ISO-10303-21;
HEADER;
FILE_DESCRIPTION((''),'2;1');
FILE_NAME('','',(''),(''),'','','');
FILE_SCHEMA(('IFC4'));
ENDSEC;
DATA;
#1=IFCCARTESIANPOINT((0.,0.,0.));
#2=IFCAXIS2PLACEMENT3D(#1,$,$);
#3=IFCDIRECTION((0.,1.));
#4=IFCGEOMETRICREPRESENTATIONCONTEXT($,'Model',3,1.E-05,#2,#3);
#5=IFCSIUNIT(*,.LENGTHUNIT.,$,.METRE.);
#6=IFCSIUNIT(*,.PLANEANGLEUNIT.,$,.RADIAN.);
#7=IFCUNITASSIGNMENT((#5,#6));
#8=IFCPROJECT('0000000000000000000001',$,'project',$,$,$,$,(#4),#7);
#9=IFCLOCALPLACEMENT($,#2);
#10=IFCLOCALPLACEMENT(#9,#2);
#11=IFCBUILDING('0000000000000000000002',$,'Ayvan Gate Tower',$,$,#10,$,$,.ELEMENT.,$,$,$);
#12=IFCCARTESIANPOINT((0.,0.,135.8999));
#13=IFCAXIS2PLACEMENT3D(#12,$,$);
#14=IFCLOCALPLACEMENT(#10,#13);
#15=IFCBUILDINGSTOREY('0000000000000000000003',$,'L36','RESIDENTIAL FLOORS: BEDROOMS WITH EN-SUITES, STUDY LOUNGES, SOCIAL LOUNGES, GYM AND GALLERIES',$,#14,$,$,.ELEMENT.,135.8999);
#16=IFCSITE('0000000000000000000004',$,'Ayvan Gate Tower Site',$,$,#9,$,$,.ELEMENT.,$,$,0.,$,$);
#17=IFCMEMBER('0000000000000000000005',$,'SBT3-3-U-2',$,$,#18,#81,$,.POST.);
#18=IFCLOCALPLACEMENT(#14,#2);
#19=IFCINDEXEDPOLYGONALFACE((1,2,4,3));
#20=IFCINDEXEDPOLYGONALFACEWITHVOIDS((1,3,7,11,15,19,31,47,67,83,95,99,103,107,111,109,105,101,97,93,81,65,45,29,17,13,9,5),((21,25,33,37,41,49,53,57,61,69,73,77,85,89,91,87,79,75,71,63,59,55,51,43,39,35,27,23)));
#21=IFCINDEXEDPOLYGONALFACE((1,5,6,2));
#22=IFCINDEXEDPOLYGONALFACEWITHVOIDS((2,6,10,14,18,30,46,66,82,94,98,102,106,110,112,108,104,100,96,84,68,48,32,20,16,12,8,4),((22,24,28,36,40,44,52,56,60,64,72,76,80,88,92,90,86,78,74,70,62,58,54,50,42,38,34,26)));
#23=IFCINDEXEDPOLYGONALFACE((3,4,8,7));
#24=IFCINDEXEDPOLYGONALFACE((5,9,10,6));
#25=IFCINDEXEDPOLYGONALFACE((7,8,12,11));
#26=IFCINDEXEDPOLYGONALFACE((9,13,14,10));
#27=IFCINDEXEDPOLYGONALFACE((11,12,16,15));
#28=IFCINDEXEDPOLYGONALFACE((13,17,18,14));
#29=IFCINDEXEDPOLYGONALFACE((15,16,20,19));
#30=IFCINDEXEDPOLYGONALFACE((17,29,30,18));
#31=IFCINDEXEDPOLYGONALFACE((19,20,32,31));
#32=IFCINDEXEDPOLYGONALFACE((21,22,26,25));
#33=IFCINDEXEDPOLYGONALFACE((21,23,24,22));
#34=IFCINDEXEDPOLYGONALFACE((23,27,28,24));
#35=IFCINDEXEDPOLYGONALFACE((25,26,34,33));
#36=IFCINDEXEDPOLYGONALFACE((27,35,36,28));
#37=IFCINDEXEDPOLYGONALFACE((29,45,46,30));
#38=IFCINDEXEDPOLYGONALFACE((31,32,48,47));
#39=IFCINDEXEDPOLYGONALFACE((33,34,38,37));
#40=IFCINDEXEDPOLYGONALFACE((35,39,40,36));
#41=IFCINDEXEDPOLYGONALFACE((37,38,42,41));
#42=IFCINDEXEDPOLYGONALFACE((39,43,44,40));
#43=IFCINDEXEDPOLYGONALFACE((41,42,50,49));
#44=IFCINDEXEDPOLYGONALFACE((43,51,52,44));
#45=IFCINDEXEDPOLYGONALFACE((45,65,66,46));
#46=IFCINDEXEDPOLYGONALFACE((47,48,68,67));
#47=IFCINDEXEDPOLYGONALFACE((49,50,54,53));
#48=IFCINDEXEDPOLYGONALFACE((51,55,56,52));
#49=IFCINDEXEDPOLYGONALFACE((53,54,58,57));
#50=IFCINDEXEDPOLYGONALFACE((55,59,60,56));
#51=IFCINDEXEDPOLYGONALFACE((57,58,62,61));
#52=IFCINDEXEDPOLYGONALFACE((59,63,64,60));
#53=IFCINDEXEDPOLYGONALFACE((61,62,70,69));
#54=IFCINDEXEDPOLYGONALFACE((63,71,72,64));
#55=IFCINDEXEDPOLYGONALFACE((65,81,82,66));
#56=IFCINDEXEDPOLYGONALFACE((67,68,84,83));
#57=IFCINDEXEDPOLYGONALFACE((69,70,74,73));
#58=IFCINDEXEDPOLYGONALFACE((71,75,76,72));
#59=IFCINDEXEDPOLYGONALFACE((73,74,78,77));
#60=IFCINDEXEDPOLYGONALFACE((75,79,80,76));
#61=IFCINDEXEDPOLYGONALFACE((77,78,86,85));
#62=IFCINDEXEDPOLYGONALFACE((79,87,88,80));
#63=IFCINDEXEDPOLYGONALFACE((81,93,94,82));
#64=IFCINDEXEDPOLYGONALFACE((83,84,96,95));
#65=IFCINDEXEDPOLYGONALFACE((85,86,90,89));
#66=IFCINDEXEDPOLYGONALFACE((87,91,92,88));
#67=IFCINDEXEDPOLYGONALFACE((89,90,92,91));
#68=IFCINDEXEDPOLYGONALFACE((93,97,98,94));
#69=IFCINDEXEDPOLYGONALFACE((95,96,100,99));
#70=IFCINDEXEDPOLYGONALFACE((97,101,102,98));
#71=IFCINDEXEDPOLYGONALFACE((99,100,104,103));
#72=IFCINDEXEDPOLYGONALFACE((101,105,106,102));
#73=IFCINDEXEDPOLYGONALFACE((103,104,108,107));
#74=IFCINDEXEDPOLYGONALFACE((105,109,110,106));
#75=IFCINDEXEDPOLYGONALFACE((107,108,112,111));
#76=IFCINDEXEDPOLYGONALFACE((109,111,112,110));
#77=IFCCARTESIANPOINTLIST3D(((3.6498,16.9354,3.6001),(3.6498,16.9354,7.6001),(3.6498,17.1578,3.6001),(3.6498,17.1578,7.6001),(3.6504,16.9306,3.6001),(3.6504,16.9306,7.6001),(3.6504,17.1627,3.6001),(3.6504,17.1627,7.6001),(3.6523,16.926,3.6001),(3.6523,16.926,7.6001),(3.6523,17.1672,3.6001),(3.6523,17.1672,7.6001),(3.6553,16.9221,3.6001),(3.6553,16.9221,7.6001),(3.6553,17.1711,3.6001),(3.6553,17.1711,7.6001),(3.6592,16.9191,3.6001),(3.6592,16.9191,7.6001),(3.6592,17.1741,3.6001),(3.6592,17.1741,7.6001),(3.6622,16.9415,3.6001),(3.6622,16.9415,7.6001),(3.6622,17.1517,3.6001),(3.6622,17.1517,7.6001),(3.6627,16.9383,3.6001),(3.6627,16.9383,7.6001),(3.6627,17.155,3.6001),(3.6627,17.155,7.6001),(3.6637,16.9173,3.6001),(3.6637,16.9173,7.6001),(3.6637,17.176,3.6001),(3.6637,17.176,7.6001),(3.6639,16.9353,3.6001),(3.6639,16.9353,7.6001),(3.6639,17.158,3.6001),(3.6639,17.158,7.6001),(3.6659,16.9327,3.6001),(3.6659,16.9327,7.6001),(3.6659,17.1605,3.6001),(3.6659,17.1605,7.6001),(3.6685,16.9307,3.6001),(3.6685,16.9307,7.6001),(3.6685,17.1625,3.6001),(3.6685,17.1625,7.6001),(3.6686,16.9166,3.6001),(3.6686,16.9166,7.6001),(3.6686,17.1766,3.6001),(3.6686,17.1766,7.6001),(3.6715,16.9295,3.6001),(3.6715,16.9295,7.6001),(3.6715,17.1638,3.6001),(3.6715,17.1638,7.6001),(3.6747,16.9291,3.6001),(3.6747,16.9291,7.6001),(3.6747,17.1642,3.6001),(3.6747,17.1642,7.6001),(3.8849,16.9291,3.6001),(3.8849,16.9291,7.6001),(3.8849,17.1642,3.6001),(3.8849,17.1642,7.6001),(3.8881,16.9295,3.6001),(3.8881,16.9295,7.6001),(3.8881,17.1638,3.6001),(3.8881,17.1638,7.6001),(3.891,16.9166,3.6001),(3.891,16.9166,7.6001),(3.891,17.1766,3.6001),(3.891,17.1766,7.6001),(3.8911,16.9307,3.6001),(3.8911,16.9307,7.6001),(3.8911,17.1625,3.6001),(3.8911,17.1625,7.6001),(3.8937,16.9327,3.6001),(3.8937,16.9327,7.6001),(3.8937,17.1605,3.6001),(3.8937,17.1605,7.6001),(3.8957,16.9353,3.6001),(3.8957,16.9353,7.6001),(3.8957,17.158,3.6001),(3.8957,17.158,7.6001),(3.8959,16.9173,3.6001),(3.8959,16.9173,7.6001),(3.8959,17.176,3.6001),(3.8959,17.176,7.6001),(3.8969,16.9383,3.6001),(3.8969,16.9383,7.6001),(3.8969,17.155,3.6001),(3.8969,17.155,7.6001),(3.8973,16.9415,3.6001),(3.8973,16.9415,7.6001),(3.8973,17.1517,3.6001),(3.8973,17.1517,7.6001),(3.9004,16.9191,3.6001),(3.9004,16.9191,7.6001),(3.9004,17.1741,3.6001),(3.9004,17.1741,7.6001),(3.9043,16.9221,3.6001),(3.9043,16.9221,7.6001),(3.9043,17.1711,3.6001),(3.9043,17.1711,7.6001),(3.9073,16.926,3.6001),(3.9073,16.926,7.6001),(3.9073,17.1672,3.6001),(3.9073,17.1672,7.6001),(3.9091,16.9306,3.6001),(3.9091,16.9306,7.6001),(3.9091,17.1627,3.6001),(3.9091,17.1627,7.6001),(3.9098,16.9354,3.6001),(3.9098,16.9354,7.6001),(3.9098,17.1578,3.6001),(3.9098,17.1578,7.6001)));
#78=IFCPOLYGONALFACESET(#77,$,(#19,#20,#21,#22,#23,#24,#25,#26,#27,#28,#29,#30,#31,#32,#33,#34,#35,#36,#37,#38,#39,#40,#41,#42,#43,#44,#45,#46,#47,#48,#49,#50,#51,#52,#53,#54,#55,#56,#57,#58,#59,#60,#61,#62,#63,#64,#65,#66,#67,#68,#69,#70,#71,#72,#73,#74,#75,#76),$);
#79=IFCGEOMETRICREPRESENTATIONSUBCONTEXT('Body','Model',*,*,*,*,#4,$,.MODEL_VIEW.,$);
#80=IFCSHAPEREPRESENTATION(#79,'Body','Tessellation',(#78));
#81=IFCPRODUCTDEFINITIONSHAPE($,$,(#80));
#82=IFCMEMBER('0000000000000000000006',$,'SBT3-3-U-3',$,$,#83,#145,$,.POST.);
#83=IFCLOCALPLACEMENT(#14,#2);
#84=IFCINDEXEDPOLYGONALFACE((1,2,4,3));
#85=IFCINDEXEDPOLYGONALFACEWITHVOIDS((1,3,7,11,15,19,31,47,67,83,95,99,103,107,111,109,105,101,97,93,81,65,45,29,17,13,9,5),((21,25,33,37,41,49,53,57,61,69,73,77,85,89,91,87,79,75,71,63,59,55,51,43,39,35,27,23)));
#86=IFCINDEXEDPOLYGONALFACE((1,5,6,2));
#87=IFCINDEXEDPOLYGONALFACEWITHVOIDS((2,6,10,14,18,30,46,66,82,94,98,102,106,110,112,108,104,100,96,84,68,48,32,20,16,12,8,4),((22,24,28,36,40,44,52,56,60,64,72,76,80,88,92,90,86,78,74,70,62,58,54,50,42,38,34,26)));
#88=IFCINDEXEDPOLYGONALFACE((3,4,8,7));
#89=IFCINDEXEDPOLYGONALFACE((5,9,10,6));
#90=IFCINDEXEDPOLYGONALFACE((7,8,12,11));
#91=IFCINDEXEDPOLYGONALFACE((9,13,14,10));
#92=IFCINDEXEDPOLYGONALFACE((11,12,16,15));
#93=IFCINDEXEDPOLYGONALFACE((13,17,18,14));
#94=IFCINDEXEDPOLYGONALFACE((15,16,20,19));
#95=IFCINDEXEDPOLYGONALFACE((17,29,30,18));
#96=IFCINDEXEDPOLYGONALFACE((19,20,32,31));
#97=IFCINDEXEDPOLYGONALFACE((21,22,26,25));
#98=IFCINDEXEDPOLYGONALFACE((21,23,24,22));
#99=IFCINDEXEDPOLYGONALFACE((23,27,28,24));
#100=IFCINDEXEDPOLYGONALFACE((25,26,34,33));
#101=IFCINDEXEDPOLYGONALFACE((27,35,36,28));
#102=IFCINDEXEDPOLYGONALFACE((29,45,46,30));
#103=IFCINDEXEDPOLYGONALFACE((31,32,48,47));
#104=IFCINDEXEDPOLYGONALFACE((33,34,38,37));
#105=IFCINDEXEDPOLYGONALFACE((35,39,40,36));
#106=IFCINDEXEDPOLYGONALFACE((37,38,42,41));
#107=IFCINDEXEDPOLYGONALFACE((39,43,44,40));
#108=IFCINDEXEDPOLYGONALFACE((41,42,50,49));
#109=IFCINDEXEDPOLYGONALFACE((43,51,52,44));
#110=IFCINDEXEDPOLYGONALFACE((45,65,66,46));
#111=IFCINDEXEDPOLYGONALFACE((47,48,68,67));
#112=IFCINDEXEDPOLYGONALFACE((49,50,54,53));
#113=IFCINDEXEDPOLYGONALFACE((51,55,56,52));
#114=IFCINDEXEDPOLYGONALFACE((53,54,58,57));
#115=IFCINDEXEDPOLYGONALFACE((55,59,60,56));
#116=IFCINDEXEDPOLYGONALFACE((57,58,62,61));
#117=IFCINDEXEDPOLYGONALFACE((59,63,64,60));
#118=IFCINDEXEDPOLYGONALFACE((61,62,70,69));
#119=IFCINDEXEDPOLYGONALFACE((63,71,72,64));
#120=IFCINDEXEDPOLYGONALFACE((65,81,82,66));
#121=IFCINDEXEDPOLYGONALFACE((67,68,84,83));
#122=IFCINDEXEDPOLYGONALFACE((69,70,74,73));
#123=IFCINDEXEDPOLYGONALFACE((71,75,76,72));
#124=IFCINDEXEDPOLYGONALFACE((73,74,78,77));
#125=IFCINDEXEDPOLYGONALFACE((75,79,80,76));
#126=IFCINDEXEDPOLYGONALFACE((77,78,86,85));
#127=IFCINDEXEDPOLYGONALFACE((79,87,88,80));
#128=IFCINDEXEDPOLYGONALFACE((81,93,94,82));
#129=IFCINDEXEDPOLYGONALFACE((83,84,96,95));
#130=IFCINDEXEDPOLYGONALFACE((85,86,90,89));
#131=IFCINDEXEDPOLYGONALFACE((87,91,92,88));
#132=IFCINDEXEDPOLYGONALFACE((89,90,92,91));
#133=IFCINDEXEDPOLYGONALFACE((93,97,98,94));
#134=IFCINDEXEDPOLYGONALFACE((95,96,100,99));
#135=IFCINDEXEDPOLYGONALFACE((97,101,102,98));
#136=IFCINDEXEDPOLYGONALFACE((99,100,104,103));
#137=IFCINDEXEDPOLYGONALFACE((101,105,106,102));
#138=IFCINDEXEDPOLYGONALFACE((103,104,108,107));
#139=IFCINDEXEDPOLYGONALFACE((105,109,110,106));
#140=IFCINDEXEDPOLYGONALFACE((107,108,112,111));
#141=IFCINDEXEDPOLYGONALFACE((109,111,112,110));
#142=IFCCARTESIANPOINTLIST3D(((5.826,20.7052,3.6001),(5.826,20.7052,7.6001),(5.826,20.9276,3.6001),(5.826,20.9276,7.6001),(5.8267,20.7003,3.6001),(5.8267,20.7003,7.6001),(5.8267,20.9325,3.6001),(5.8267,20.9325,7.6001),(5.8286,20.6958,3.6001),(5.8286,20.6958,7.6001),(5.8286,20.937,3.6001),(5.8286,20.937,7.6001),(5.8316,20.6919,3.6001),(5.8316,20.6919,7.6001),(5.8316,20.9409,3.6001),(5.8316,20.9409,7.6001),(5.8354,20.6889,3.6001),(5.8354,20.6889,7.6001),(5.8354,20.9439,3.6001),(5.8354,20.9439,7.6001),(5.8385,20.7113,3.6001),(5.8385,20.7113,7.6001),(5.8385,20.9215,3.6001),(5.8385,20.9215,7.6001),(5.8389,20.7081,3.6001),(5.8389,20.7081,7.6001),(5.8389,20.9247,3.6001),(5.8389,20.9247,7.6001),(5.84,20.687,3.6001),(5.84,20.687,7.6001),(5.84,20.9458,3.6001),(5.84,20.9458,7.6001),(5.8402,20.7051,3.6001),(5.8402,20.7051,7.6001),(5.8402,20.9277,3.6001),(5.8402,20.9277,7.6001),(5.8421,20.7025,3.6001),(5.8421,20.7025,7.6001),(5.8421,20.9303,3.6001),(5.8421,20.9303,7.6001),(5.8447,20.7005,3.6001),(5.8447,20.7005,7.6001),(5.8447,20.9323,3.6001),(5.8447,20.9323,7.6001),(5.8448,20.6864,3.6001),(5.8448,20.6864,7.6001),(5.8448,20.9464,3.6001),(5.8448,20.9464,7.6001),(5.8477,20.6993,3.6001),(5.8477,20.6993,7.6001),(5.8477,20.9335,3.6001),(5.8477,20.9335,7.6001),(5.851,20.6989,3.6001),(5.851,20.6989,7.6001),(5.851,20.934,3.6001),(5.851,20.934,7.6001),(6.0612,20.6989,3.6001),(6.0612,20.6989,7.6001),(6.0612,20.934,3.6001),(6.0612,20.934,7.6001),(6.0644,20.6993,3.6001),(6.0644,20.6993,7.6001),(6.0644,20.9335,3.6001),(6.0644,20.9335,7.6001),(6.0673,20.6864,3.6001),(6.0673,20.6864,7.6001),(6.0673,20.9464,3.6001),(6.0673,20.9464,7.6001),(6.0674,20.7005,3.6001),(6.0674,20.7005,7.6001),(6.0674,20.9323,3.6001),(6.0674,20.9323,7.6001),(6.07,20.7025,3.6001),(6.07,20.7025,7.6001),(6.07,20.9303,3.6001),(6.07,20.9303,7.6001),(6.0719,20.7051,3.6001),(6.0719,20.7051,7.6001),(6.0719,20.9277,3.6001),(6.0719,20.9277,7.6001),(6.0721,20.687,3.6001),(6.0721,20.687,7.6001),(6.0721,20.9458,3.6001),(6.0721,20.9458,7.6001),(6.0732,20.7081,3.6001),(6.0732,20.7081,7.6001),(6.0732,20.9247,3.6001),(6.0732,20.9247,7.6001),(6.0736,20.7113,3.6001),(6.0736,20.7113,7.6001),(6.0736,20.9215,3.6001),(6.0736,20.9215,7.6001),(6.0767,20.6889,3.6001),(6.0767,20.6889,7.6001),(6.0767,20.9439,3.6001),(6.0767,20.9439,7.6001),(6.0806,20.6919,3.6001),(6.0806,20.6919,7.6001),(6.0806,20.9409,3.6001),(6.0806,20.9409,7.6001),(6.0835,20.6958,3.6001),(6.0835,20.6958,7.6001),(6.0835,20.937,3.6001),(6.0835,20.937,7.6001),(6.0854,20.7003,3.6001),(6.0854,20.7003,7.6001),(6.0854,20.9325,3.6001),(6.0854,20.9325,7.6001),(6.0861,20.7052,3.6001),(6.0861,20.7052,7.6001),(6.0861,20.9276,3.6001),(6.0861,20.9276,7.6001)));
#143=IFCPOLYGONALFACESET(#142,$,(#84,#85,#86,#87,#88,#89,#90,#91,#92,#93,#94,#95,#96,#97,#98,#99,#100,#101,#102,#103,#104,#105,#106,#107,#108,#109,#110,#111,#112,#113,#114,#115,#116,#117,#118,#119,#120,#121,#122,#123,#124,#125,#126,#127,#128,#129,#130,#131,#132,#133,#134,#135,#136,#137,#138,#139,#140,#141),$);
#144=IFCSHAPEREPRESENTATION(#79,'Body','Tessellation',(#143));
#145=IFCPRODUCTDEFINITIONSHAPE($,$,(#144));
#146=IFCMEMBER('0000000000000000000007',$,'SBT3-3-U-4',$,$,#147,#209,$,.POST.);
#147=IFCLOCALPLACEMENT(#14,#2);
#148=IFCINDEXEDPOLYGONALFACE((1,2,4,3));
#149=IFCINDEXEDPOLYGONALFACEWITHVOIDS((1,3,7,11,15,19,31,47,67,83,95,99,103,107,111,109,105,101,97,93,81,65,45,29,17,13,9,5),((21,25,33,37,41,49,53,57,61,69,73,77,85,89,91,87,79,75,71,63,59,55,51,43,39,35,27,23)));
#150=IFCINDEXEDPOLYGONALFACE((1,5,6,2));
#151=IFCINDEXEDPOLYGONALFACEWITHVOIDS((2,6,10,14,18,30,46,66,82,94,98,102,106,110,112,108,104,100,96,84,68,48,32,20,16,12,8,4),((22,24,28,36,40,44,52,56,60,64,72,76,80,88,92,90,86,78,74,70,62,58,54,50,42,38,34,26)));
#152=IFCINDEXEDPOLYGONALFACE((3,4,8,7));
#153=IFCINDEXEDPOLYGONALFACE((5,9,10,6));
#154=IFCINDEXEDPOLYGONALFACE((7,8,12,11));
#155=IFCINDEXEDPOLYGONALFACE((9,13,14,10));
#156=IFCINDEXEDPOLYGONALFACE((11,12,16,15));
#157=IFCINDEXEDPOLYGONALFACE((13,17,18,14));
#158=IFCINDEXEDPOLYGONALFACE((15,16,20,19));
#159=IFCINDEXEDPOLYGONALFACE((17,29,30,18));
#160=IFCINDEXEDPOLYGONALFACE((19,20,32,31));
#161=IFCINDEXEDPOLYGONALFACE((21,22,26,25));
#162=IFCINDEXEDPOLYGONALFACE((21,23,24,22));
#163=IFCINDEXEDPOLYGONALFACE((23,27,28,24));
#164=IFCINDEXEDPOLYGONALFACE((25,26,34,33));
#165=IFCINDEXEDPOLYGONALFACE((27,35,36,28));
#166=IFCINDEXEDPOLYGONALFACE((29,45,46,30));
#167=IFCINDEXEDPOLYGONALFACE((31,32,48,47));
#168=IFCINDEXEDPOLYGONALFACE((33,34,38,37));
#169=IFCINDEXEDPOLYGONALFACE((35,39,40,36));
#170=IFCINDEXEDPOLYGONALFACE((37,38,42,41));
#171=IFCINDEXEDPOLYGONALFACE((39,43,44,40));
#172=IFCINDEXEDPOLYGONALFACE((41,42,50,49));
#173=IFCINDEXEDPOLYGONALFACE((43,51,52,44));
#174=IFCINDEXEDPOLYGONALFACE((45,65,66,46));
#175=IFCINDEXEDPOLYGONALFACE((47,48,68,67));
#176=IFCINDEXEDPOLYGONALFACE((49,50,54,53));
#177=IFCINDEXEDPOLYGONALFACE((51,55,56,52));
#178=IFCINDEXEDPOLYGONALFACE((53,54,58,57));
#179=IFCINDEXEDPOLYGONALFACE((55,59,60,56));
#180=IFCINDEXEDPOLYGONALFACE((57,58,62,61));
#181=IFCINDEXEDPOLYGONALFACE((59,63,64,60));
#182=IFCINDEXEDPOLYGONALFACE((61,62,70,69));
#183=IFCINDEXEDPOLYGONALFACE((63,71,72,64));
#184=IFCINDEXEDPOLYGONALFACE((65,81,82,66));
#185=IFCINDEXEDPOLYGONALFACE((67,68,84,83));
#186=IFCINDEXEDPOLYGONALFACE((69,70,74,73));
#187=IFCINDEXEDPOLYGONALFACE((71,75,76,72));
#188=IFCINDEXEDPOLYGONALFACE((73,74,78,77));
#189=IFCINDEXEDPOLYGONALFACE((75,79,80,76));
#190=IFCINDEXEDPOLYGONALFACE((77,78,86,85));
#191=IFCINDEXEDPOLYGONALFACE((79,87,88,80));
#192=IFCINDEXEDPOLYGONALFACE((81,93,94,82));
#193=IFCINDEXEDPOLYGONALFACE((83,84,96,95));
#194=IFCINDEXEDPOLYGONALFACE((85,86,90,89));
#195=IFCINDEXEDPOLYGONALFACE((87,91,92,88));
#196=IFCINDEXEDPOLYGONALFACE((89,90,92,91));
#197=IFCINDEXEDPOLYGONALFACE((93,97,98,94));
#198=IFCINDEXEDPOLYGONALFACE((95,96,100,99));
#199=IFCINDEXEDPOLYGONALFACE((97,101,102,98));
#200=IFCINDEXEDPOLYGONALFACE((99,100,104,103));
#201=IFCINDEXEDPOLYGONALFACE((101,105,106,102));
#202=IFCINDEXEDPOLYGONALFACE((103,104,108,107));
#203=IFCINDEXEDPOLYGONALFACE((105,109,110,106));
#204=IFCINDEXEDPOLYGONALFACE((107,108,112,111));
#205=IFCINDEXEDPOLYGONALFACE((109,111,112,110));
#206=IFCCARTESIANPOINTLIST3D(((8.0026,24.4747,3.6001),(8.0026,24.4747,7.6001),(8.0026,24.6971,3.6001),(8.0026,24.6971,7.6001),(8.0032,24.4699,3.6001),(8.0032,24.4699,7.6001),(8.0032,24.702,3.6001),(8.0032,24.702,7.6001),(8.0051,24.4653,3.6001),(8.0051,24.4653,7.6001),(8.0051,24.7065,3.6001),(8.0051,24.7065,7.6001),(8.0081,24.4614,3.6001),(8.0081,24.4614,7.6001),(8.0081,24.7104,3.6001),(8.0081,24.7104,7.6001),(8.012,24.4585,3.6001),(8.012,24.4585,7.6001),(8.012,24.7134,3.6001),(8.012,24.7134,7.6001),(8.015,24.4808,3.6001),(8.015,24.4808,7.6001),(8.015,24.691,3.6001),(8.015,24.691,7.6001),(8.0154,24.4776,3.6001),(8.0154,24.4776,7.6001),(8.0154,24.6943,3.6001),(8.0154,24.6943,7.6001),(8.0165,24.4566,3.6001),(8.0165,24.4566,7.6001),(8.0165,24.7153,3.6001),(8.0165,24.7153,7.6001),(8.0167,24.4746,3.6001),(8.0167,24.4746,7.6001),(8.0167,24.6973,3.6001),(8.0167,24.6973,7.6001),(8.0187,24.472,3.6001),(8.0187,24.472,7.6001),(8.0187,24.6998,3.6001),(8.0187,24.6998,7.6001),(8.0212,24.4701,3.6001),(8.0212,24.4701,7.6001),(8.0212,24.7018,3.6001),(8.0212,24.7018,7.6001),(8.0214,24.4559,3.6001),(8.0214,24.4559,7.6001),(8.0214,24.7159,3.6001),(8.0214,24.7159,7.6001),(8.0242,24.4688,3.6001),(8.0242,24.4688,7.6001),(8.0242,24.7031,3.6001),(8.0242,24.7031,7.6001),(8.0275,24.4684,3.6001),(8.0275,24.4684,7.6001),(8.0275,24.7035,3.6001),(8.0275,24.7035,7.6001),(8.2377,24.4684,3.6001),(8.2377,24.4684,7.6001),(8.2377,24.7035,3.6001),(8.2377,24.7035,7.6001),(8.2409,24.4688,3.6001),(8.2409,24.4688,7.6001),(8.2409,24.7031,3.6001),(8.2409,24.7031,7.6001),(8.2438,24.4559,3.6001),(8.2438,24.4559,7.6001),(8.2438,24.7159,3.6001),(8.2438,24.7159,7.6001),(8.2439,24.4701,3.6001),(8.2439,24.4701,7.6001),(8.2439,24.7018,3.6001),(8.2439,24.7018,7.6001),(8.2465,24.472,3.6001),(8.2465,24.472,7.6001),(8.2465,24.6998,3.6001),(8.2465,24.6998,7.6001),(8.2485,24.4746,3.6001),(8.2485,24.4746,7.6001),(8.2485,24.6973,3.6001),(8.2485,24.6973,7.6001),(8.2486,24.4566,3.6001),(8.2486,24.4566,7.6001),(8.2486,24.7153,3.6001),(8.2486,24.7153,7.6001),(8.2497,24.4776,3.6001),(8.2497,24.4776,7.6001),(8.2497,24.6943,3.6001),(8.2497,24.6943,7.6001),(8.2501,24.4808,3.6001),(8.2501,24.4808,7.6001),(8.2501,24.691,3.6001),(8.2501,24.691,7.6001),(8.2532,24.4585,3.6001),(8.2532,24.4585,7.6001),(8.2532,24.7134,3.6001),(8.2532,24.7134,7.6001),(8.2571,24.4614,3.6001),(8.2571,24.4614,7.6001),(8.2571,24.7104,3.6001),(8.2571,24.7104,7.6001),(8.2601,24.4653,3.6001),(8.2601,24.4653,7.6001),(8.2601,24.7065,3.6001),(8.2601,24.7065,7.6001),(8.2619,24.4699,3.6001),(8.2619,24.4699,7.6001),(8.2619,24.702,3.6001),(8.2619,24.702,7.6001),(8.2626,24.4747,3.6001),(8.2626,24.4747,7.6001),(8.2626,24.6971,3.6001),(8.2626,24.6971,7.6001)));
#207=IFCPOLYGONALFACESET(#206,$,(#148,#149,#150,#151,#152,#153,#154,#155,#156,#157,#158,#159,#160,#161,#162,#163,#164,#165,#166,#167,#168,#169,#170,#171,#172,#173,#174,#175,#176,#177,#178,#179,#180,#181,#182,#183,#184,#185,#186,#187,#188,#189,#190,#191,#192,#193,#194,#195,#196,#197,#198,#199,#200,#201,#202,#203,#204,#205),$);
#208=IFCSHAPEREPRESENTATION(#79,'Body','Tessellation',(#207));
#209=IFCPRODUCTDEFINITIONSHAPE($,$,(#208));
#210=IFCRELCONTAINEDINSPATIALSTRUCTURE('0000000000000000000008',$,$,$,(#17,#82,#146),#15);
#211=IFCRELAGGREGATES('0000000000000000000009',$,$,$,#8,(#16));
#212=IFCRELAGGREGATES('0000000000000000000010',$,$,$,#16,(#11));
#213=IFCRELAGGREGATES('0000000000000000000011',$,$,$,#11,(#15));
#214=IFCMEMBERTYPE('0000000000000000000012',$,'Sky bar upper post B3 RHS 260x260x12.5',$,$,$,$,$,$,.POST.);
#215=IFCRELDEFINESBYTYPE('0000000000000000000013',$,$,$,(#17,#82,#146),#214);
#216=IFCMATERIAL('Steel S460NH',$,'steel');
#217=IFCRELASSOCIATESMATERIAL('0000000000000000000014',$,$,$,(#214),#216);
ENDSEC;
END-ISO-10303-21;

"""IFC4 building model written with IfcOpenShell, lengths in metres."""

from ifc_helpers import new_model, si_unit, direction, frame, origin, origin_2d, place, context, subcontext, project, spatial, hollow_rectangle, extrude, material, material_profile, profile_set, type_object, element, save


model = new_model("IFC4")

# Units and contexts
model_context = context("Model", 3, precision=1e-05, world=origin(), true_north=direction((0.0, 1.0)))
body_context = subcontext(model_context, "Body", "Model", "MODEL_VIEW")
ifc_project = project(units=[si_unit("LENGTHUNIT", "METRE"), si_unit("PLANEANGLEUNIT", "RADIAN")], contexts=[model_context])

# Site, building, storey
site_placement = place(None, origin())
site = spatial("IfcSite", under=ifc_project, at=site_placement, Name="Ayvan Gate Tower Site", CompositionType="ELEMENT", RefElevation=0.0)
building_placement = place(site_placement, origin())
building = spatial("IfcBuilding", under=site, at=building_placement, Name="Ayvan Gate Tower", CompositionType="ELEMENT")
storey_placement = place(building_placement, frame((0.0, 0.0, 135.8999)))
storey = spatial("IfcBuildingStorey", under=building, at=storey_placement, Name="L36", Description="RESIDENTIAL FLOORS: BEDROOMS WITH EN-SUITES, STUDY LOUNGES, SOCIAL LOUNGES, GYM AND GALLERIES", CompositionType="ELEMENT", Elevation=135.8999)

# Shared definitions
ifc_material_1 = material(Name="Steel S460NH", Category="steel")

# Members
ifc_material_profile_1 = material_profile(ifc_material_1, hollow_rectangle(XDim=0.26, YDim=0.26, WallThickness=0.0125, InnerFilletRadius=0.0125, OuterFilletRadius=0.0188, at=origin_2d()), Name="RHS 260x260x12.5")
ifc_profile_set_1 = profile_set([ifc_material_profile_1], Name="Steel S460NH")
member_type_1 = type_object("IfcMemberType", Name="Sky bar upper post B3 RHS 260x260x12.5", PredefinedType="POST", material=ifc_profile_set_1)
for number, where, z_axis, x_axis, name in (
    (1, (3.7798, 17.0466, 3.6001), (0.0, 0.0, 1.0), (1.0, 0.0, 0.0), "SBT3-3-U-2"),
    (2, (5.9561, 20.8164, 3.6001), (0.0, 0.0, 1.0), (1.0, 0.0, 0.0), "SBT3-3-U-3"),
    (3, (8.1326, 24.5859, 3.6001), (0.0, 0.0, 1.0), (1.0, 0.0, 0.0), "SBT3-3-U-4"),
):
    element("IfcMember", number, at=place(storey_placement, frame(where, z_axis=z_axis, x_axis=x_axis)), inside=storey, type_object=member_type_1, Name=name, PredefinedType="POST", context=body_context, shape_type="SweptSolid", body=[
        extrude(hollow_rectangle(XDim=0.26, YDim=0.26, WallThickness=0.0125, InnerFilletRadius=0.0125, OuterFilletRadius=0.0188, at=origin_2d()), origin(), (0.0, 0.0, 1.0), 4.0),
    ])

save(model, "model.ifc")
